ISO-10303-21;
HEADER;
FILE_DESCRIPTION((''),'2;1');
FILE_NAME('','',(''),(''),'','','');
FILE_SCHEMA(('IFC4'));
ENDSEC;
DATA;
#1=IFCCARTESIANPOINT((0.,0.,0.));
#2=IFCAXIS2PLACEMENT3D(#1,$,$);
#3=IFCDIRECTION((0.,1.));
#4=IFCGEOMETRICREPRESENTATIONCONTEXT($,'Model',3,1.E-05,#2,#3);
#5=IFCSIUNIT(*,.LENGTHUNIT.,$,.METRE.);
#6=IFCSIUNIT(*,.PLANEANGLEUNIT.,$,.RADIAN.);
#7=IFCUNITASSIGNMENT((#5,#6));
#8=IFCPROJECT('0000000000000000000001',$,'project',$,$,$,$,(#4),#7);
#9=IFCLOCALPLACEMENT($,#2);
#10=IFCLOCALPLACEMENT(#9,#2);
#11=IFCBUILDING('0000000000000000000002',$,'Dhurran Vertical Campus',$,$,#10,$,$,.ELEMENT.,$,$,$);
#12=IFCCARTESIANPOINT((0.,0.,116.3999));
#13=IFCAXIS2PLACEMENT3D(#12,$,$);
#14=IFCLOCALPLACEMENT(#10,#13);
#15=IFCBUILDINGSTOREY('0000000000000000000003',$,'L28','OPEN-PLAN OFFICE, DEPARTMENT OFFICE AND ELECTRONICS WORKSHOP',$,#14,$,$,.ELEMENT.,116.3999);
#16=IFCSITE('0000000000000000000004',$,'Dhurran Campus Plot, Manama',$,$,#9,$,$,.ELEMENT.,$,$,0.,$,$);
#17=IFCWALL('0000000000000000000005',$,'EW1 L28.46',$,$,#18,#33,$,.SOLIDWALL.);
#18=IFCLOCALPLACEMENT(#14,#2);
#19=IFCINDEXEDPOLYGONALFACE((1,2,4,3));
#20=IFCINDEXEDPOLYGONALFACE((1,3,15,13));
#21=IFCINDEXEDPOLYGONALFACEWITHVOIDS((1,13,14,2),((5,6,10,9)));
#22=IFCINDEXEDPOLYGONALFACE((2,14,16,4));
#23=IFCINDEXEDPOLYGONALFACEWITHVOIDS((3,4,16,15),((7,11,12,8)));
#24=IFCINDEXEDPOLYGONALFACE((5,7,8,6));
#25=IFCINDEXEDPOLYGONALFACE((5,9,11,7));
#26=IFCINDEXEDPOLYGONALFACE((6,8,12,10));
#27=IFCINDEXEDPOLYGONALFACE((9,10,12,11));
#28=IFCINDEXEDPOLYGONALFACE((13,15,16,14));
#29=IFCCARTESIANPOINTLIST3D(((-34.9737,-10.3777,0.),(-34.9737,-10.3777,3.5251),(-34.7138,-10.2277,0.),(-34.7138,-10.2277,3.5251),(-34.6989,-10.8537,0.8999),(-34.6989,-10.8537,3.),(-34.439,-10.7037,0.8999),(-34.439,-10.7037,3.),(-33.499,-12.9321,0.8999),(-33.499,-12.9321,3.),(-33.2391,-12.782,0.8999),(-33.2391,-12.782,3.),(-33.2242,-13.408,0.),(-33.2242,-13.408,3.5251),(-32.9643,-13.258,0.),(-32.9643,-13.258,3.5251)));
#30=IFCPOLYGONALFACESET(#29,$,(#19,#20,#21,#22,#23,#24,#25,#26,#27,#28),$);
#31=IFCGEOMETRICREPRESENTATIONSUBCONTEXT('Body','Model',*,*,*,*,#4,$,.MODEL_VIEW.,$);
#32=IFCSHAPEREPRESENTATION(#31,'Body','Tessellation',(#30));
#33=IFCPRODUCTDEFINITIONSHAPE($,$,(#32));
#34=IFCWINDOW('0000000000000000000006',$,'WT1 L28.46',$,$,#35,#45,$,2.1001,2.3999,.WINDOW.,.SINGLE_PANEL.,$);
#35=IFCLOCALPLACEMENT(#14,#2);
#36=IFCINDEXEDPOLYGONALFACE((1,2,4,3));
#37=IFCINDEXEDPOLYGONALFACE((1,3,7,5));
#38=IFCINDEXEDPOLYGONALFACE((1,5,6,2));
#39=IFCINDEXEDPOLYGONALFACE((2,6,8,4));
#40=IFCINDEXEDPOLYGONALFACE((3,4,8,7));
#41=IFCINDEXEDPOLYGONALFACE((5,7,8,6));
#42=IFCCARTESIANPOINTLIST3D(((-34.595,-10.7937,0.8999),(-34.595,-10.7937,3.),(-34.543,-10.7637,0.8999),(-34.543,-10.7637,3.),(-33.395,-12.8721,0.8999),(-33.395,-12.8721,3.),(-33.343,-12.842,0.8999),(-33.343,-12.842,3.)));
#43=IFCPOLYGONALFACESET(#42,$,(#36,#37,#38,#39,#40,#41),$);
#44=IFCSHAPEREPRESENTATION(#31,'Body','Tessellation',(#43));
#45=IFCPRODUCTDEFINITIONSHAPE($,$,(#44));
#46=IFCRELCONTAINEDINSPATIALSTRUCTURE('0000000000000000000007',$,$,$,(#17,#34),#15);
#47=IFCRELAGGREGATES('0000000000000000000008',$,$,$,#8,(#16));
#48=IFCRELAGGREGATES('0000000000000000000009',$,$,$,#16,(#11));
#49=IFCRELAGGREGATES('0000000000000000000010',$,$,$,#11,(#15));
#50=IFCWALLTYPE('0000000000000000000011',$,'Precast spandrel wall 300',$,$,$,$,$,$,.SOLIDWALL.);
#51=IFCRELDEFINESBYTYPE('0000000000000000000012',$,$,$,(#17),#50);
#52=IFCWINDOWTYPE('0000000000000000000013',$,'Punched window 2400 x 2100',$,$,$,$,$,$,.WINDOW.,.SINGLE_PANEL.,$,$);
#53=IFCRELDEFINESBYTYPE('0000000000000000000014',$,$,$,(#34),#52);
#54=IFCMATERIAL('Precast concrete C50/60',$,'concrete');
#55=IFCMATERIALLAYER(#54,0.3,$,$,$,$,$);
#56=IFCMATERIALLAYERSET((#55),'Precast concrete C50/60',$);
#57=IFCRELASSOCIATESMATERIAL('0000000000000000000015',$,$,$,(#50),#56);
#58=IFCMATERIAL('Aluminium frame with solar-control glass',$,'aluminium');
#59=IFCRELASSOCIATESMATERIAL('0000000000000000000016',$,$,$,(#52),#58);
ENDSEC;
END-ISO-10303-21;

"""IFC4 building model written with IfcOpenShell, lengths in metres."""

from ifc_helpers import new_model, si_unit, direction, frame, frame_2d, origin, place, context, subcontext, project, spatial, rectangle, extrude, material, layer, layer_set, type_object, element, fill, save


model = new_model("IFC4")

# Units and contexts
model_context = context("Model", 3, precision=1e-05, world=origin(), true_north=direction((0.0, 1.0)))
body_context = subcontext(model_context, "Body", "Model", "MODEL_VIEW")
ifc_project = project(units=[si_unit("LENGTHUNIT", "METRE"), si_unit("PLANEANGLEUNIT", "RADIAN")], contexts=[model_context])

# Site, building, storey
site_placement = place(None, origin())
site = spatial("IfcSite", under=ifc_project, at=site_placement, Name="Dhurran Campus Plot, Manama", CompositionType="ELEMENT", RefElevation=0.0)
building_placement = place(site_placement, origin())
building = spatial("IfcBuilding", under=site, at=building_placement, Name="Dhurran Vertical Campus", CompositionType="ELEMENT")
storey_placement = place(building_placement, frame((0.0, 0.0, 116.3999)))
storey = spatial("IfcBuildingStorey", under=building, at=storey_placement, Name="L28", Description="OPEN-PLAN OFFICE, DEPARTMENT OFFICE AND ELECTRONICS WORKSHOP", CompositionType="ELEMENT", Elevation=116.3999)

# Wall, opening, window
ifc_material_1 = material(Name="Precast concrete C50/60", Category="concrete")
ifc_layer = layer(ifc_material_1, 0.3)
ifc_layer_set = layer_set([ifc_layer], Name="Precast concrete C50/60")
wall_type = type_object("IfcWallType", Name="Precast spandrel wall 300", PredefinedType="SOLIDWALL", material=ifc_layer_set)
ifc_material_2 = material(Name="Aluminium frame with solar-control glass", Category="aluminium")
window_type = type_object("IfcWindowType", Name="Punched window 2400 x 2100", PartitioningType="SINGLE_PANEL", PredefinedType="WINDOW", material=ifc_material_2)
wall_1_placement = place(storey_placement, frame((-34.8438, -10.3027, 0.0), z_axis=(0.0, 0.0, 1.0), x_axis=(0.499996, -0.866028, 0.0)))
wall_1 = element("IfcWall", 1, at=wall_1_placement, inside=storey, type_object=wall_type, Name="EW1 L28.46", PredefinedType="SOLIDWALL", context=body_context, shape_type="SweptSolid", body=[
    extrude(rectangle(XDim=3.499, YDim=0.3, at=frame_2d((1.7495, 0.0))), origin(), (0.0, 0.0, 1.0), 3.5251),
])
opening_1_placement = place(wall_1_placement, frame((0.5496, 0.0, 0.8999)))
opening_1 = element("IfcOpeningElement", 2, at=opening_1_placement, cuts=wall_1, PredefinedType="OPENING", context=body_context, shape_type="SweptSolid", body=[
    extrude(rectangle(XDim=2.3999, YDim=2.1001, at=frame_2d((1.2, 1.05))), frame((0.0, 0.1599, 0.0), z_axis=(0.0, -1.0, 0.0), x_axis=(1.0, 0.0, 0.0)), (0.0, 0.0, 1.0), 0.3201),
])
window_1_placement = place(opening_1_placement, origin())
window_1 = element("IfcWindow", 3, at=window_1_placement, inside=storey, type_object=window_type, Name="WT1 L28.46", OverallHeight=2.1001, OverallWidth=2.3999, PartitioningType="SINGLE_PANEL", PredefinedType="WINDOW", context=body_context, shape_type="SweptSolid", body=[
    extrude(rectangle(XDim=2.3999, YDim=2.1001, at=frame_2d((1.2, 1.05))), frame((0.0, 0.03, 0.0), z_axis=(0.0, -1.0, 0.0), x_axis=(1.0, 0.0, 0.0)), (0.0, 0.0, 1.0), 0.0601),
])
fill(opening_1, window_1)

save(model, "model.ifc")
